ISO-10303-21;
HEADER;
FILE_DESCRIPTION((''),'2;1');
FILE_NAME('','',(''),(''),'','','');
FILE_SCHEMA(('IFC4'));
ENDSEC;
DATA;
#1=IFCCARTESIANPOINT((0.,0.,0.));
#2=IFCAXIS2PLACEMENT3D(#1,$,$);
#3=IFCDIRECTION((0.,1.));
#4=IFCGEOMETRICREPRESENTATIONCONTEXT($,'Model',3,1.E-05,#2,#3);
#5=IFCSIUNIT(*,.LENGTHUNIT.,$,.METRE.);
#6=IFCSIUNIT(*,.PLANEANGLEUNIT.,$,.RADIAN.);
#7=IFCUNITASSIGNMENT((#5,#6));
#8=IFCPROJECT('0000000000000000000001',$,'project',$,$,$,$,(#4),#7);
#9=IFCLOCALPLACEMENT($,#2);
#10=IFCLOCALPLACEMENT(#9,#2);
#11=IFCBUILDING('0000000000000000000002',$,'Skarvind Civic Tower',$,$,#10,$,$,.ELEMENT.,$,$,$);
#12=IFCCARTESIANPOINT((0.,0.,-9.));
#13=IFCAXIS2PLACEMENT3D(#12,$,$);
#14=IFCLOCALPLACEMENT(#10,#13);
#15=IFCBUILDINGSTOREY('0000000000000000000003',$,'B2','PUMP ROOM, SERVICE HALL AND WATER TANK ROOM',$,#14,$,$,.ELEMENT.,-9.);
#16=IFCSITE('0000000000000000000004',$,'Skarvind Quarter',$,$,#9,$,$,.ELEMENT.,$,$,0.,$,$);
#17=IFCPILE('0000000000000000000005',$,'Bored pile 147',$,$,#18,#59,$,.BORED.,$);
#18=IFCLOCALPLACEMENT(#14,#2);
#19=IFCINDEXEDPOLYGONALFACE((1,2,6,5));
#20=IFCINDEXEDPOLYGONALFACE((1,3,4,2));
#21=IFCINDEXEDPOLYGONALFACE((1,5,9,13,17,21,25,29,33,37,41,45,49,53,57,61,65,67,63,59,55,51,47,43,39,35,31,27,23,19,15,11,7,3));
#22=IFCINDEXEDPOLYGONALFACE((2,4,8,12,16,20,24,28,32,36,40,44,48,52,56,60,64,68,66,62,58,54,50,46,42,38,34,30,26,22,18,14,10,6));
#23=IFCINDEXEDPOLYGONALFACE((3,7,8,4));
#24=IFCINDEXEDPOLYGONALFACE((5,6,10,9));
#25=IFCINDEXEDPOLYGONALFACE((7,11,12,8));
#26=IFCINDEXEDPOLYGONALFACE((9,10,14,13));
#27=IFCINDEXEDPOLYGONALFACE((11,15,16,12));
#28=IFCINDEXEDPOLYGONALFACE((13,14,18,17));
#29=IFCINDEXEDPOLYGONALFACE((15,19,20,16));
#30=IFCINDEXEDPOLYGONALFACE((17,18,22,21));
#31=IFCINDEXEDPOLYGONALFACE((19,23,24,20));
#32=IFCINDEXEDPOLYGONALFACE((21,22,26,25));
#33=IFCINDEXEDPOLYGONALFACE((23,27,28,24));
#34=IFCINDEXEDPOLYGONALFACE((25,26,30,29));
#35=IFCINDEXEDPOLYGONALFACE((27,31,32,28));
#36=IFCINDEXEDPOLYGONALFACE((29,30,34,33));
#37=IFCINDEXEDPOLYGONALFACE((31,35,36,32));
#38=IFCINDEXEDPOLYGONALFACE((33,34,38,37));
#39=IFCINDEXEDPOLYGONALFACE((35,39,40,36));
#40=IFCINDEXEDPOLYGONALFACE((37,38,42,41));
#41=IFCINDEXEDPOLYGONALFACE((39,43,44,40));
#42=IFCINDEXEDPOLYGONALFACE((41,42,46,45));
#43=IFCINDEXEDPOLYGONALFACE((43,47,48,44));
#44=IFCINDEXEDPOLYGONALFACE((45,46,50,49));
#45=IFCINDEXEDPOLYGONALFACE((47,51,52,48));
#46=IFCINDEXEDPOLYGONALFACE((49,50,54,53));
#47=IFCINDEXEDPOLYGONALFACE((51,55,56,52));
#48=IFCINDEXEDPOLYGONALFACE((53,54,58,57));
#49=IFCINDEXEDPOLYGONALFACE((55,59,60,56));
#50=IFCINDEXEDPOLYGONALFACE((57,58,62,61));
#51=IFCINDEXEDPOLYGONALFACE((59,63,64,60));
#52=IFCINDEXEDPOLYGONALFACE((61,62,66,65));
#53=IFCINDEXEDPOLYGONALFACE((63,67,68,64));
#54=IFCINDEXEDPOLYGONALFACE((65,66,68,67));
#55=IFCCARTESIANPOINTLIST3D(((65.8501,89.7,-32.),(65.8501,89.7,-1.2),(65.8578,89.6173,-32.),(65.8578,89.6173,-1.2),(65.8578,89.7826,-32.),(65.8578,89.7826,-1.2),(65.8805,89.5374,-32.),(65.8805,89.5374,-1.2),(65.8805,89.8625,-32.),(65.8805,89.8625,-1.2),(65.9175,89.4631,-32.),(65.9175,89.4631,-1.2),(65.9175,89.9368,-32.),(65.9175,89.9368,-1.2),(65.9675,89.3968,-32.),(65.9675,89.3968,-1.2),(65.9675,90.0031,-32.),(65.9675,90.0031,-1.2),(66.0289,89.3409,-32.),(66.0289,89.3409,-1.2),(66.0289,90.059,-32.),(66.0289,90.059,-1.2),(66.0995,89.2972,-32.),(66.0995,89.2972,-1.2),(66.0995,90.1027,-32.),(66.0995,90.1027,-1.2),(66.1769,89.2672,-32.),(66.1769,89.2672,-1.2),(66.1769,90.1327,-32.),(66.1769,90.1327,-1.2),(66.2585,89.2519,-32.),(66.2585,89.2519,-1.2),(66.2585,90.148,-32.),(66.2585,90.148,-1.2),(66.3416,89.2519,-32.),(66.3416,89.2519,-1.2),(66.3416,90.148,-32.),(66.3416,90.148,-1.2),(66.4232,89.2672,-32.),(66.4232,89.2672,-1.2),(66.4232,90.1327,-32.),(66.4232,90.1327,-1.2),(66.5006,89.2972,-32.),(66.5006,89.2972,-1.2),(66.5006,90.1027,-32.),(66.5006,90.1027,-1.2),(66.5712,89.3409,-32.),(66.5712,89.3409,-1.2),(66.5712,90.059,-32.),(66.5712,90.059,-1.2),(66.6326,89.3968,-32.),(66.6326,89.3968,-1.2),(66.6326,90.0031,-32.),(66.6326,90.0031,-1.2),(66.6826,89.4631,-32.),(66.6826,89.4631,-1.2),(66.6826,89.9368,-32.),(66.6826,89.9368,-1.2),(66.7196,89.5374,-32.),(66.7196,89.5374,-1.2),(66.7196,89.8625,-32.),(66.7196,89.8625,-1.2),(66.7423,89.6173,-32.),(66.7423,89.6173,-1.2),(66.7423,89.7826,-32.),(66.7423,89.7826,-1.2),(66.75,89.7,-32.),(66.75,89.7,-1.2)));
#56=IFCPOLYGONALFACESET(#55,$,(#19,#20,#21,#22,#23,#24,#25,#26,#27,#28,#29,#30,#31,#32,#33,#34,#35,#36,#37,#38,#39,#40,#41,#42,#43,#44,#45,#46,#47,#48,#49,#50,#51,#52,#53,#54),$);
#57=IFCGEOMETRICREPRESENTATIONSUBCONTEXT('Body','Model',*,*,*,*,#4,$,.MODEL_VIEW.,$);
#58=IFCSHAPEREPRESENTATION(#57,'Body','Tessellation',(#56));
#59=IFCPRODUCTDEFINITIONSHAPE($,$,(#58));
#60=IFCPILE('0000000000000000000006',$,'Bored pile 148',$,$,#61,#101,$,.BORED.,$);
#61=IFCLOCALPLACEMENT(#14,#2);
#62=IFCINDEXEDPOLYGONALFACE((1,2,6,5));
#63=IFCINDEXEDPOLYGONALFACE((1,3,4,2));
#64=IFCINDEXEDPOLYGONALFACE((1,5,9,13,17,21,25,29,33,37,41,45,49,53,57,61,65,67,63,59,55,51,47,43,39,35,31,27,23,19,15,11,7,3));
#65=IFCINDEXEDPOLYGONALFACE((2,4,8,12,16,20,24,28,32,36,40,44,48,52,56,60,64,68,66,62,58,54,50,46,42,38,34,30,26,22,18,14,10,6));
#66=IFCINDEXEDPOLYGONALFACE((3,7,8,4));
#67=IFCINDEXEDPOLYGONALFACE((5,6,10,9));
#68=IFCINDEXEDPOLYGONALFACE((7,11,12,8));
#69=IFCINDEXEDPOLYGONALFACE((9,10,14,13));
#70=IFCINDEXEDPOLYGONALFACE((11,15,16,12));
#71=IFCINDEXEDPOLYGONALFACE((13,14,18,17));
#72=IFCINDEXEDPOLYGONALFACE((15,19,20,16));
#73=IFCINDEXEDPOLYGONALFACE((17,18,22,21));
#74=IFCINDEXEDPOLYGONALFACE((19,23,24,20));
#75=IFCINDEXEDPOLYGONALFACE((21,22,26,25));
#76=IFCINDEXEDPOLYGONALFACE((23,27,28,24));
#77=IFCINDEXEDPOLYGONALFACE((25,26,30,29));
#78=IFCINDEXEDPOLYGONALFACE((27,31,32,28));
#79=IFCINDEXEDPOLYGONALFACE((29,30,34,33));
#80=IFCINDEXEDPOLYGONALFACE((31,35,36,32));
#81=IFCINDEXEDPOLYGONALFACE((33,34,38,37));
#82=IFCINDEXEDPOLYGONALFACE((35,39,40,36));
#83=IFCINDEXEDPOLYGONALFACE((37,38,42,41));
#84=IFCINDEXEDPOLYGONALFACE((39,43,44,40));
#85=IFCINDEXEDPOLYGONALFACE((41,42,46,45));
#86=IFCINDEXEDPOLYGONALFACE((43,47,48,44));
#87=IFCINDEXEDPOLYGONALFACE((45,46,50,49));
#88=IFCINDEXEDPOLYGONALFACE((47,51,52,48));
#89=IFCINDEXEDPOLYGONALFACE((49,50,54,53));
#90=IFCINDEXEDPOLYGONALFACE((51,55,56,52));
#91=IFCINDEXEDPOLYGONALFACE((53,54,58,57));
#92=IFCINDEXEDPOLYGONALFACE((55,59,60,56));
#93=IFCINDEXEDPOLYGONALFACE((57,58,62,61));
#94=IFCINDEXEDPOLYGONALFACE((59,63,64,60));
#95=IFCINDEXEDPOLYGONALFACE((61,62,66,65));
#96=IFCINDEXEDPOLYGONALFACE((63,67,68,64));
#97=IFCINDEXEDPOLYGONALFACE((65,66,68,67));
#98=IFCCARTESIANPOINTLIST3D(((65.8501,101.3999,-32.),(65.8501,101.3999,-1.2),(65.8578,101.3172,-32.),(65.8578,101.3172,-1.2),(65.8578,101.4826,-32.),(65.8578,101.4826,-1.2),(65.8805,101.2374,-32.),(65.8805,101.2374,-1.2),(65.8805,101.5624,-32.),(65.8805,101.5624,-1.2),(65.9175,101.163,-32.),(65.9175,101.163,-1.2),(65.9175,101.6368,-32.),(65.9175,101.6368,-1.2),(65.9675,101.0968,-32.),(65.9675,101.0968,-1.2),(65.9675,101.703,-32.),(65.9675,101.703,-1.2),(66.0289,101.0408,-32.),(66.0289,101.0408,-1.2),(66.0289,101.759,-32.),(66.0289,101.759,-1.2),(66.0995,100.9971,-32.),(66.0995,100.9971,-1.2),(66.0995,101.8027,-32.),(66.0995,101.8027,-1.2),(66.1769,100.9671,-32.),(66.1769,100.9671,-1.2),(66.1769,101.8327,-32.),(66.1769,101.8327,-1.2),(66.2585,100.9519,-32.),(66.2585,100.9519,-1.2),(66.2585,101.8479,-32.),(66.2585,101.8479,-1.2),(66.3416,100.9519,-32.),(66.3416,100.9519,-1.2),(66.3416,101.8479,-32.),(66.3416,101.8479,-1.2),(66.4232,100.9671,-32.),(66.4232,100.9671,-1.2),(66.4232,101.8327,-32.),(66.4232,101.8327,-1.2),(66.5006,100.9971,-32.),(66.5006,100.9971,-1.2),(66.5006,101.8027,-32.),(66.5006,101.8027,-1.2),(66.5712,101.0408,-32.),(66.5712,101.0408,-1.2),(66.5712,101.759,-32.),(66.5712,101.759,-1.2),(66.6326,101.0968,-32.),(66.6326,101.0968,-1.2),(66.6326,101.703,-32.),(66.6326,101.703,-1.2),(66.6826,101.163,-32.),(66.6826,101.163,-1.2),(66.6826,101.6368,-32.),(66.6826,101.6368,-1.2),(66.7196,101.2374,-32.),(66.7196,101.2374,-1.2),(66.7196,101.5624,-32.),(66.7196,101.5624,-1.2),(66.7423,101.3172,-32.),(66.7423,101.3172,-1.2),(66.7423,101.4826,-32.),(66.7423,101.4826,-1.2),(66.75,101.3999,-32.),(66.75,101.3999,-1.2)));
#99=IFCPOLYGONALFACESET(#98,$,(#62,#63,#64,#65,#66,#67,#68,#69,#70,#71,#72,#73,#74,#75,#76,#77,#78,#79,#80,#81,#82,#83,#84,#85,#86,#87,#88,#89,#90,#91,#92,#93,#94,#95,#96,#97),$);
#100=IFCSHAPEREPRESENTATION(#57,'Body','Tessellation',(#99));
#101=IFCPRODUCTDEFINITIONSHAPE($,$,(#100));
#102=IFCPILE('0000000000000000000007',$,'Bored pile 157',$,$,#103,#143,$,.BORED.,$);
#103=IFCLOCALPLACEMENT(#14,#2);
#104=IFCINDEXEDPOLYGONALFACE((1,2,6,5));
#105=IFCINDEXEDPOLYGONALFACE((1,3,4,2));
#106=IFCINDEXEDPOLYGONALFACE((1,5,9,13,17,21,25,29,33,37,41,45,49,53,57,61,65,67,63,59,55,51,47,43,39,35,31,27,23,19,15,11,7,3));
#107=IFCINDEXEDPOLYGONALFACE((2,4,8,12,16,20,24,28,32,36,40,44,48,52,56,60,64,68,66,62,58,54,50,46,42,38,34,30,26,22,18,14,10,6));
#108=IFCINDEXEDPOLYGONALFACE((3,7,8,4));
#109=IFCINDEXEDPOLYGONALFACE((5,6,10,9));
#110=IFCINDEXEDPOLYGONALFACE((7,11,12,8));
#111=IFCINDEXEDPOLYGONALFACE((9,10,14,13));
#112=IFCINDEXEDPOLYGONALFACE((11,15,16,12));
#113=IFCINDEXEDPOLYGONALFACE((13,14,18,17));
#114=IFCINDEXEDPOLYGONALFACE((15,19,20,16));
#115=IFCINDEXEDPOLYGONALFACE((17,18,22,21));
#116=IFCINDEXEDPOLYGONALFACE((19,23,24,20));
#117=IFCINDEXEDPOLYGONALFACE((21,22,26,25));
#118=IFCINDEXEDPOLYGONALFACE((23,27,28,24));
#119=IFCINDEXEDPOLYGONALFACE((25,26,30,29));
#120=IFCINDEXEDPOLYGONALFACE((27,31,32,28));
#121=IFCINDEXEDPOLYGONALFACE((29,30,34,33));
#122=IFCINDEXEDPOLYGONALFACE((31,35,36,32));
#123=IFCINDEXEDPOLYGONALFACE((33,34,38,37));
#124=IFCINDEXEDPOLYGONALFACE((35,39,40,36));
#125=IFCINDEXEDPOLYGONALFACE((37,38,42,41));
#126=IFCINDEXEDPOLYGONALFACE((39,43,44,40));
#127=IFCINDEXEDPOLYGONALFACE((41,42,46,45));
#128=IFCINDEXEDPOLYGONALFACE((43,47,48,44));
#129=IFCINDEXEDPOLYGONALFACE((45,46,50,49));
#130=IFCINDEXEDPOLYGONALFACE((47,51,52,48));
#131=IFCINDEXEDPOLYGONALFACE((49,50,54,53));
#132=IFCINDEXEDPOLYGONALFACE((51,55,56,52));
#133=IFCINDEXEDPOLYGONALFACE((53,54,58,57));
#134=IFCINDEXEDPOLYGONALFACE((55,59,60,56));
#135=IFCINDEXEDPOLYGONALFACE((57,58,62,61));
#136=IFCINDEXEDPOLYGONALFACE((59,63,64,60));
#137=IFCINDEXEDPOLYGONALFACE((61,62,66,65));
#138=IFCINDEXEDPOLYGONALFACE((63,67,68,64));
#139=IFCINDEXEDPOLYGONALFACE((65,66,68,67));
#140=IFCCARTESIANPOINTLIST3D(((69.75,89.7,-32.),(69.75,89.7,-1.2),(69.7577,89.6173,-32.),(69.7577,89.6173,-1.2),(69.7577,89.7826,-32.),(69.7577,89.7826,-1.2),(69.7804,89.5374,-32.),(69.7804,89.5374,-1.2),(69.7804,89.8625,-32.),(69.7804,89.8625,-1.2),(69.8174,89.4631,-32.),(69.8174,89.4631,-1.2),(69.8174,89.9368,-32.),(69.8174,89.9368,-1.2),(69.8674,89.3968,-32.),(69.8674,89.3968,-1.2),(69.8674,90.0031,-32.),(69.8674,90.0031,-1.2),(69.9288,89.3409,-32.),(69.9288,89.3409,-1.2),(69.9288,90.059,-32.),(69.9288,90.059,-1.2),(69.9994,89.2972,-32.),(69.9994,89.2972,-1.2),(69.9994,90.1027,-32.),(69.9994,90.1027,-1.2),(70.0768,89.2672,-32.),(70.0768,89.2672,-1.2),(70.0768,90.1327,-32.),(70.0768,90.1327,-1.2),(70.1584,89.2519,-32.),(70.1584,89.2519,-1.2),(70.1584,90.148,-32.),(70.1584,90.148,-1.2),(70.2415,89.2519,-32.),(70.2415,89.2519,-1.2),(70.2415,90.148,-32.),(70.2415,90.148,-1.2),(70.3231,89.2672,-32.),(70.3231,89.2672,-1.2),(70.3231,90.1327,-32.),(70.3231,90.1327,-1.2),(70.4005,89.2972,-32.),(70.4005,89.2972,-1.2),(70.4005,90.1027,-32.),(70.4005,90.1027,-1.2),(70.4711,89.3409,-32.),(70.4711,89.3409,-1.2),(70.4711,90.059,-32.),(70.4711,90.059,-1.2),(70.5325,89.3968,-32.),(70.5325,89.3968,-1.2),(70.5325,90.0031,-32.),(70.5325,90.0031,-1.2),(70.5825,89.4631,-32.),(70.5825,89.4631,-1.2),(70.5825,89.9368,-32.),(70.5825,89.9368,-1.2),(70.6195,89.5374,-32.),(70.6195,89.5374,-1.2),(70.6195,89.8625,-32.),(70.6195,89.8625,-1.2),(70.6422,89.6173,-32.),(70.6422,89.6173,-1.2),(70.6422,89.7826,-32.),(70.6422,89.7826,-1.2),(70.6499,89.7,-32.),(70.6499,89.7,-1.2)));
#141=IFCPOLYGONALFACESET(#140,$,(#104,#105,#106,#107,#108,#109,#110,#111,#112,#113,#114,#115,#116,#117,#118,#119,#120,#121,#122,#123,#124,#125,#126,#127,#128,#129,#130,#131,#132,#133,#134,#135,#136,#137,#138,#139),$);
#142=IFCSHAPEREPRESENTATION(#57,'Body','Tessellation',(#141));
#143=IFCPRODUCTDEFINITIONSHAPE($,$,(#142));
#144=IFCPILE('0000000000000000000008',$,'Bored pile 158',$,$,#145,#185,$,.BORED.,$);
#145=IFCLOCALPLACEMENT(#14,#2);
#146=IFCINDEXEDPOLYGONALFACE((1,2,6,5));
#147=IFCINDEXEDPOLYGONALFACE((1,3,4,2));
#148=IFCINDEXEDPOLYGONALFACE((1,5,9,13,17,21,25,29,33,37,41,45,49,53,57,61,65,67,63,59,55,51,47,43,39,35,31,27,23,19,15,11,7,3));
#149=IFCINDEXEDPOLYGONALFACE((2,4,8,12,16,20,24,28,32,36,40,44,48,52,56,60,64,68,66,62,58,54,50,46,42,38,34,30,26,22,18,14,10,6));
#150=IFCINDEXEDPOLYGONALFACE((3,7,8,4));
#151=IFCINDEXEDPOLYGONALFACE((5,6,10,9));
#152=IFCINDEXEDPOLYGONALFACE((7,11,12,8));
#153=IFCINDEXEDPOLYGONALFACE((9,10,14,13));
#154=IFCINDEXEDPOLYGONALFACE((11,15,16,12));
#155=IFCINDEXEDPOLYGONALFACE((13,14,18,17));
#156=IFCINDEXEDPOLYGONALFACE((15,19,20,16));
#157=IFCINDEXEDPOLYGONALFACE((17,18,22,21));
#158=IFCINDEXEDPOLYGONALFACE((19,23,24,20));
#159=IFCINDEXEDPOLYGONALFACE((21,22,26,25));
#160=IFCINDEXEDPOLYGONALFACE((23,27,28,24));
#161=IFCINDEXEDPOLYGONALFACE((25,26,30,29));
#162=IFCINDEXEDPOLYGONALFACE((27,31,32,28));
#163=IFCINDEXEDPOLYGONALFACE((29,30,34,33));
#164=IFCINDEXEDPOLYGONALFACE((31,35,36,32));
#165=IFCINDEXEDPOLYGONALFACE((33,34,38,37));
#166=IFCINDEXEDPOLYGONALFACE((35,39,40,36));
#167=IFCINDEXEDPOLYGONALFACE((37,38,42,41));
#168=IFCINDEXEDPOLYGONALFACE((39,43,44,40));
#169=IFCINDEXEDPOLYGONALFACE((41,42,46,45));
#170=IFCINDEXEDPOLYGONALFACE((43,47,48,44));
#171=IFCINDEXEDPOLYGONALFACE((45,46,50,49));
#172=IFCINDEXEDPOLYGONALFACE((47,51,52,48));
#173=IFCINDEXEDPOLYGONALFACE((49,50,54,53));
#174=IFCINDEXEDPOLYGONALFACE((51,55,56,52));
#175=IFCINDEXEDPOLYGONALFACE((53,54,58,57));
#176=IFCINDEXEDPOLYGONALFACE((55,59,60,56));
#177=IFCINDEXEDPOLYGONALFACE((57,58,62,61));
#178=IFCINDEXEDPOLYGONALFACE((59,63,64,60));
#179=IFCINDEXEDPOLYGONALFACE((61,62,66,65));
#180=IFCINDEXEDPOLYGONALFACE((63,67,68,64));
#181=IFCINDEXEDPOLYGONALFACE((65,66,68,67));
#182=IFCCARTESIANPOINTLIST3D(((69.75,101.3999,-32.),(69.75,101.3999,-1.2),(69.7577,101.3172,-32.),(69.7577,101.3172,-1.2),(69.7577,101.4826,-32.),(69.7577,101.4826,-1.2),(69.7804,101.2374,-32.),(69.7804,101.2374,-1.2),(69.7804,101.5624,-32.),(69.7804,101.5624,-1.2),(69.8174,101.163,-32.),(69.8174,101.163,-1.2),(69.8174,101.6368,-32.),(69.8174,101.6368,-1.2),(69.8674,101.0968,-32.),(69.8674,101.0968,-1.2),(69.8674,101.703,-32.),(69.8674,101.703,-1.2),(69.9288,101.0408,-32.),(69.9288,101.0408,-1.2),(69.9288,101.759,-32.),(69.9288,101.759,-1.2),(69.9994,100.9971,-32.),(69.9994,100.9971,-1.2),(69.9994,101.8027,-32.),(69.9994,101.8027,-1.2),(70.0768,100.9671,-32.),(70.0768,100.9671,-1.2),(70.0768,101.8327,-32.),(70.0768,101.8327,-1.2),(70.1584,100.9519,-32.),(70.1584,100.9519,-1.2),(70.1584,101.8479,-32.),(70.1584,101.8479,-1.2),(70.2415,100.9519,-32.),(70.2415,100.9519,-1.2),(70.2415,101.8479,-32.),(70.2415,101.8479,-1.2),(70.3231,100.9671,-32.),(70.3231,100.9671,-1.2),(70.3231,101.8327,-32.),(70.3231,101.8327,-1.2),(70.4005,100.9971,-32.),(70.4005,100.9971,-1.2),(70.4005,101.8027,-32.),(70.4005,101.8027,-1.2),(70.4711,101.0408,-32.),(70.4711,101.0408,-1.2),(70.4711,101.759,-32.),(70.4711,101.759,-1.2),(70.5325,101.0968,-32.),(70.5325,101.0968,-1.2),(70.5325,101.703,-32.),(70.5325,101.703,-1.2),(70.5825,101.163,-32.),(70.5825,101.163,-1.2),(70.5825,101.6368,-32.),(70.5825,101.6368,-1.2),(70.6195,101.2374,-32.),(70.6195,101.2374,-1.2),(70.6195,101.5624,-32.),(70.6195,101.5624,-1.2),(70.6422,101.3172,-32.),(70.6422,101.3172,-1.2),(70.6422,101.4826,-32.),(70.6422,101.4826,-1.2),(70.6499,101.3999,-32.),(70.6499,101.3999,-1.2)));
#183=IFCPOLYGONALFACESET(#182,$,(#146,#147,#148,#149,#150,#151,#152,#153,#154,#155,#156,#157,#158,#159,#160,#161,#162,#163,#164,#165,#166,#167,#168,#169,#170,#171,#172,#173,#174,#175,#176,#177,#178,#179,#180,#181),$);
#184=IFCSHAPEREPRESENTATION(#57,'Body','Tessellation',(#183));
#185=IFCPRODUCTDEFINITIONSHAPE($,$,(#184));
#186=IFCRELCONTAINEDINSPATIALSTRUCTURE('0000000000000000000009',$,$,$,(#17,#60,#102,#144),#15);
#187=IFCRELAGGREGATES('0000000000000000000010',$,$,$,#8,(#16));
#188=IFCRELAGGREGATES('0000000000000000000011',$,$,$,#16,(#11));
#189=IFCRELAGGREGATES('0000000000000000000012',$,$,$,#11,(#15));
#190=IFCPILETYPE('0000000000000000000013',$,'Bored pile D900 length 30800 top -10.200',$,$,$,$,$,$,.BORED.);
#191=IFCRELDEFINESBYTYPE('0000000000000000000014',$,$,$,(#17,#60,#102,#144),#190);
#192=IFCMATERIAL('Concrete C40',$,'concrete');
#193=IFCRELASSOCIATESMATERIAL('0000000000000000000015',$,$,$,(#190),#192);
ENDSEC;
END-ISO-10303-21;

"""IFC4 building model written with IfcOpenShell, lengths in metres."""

from ifc_helpers import new_model, si_unit, direction, frame, origin, origin_2d, place, context, subcontext, project, spatial, circle, extrude, material, type_object, element, save


model = new_model("IFC4")

# Units and contexts
model_context = context("Model", 3, precision=1e-05, world=origin(), true_north=direction((0.0, 1.0)))
body_context = subcontext(model_context, "Body", "Model", "MODEL_VIEW")
ifc_project = project(units=[si_unit("LENGTHUNIT", "METRE"), si_unit("PLANEANGLEUNIT", "RADIAN")], contexts=[model_context])

# Site, building, storey
site_placement = place(None, origin())
site = spatial("IfcSite", under=ifc_project, at=site_placement, Name="Skarvind Quarter", CompositionType="ELEMENT", RefElevation=0.0)
building_placement = place(site_placement, origin())
building = spatial("IfcBuilding", under=site, at=building_placement, Name="Skarvind Civic Tower", CompositionType="ELEMENT")
storey_placement = place(building_placement, frame((0.0, 0.0, -9.0)))
storey = spatial("IfcBuildingStorey", under=building, at=storey_placement, Name="B2", Description="PUMP ROOM, SERVICE HALL AND WATER TANK ROOM", CompositionType="ELEMENT", Elevation=-9.0)

# Piles
ifc_material_1 = material(Name="Concrete C40", Category="concrete")
pile_type = type_object("IfcPileType", Name="Bored pile D900 length 30800 top -10.200", PredefinedType="BORED", material=ifc_material_1)
for number, where, z_axis, x_axis, name in (
    (1, (66.3, 89.7, -1.2), (0.0, 0.0, -1.0), (1.0, 0.0, 0.0), "Bored pile 147"),
    (2, (66.3, 101.3999, -1.2), (0.0, 0.0, -1.0), (1.0, 0.0, 0.0), "Bored pile 148"),
    (3, (70.2, 89.7, -1.2), (0.0, 0.0, -1.0), (1.0, 0.0, 0.0), "Bored pile 157"),
    (4, (70.2, 101.3999, -1.2), (0.0, 0.0, -1.0), (1.0, 0.0, 0.0), "Bored pile 158"),
):
    element("IfcPile", number, at=place(storey_placement, frame(where, z_axis=z_axis, x_axis=x_axis)), inside=storey, type_object=pile_type, Name=name, PredefinedType="BORED", context=body_context, shape_type="SweptSolid", body=[
        extrude(circle(Radius=0.45, at=origin_2d()), origin(), (0.0, 0.0, 1.0), 30.8),
    ])

save(model, "model.ifc")
